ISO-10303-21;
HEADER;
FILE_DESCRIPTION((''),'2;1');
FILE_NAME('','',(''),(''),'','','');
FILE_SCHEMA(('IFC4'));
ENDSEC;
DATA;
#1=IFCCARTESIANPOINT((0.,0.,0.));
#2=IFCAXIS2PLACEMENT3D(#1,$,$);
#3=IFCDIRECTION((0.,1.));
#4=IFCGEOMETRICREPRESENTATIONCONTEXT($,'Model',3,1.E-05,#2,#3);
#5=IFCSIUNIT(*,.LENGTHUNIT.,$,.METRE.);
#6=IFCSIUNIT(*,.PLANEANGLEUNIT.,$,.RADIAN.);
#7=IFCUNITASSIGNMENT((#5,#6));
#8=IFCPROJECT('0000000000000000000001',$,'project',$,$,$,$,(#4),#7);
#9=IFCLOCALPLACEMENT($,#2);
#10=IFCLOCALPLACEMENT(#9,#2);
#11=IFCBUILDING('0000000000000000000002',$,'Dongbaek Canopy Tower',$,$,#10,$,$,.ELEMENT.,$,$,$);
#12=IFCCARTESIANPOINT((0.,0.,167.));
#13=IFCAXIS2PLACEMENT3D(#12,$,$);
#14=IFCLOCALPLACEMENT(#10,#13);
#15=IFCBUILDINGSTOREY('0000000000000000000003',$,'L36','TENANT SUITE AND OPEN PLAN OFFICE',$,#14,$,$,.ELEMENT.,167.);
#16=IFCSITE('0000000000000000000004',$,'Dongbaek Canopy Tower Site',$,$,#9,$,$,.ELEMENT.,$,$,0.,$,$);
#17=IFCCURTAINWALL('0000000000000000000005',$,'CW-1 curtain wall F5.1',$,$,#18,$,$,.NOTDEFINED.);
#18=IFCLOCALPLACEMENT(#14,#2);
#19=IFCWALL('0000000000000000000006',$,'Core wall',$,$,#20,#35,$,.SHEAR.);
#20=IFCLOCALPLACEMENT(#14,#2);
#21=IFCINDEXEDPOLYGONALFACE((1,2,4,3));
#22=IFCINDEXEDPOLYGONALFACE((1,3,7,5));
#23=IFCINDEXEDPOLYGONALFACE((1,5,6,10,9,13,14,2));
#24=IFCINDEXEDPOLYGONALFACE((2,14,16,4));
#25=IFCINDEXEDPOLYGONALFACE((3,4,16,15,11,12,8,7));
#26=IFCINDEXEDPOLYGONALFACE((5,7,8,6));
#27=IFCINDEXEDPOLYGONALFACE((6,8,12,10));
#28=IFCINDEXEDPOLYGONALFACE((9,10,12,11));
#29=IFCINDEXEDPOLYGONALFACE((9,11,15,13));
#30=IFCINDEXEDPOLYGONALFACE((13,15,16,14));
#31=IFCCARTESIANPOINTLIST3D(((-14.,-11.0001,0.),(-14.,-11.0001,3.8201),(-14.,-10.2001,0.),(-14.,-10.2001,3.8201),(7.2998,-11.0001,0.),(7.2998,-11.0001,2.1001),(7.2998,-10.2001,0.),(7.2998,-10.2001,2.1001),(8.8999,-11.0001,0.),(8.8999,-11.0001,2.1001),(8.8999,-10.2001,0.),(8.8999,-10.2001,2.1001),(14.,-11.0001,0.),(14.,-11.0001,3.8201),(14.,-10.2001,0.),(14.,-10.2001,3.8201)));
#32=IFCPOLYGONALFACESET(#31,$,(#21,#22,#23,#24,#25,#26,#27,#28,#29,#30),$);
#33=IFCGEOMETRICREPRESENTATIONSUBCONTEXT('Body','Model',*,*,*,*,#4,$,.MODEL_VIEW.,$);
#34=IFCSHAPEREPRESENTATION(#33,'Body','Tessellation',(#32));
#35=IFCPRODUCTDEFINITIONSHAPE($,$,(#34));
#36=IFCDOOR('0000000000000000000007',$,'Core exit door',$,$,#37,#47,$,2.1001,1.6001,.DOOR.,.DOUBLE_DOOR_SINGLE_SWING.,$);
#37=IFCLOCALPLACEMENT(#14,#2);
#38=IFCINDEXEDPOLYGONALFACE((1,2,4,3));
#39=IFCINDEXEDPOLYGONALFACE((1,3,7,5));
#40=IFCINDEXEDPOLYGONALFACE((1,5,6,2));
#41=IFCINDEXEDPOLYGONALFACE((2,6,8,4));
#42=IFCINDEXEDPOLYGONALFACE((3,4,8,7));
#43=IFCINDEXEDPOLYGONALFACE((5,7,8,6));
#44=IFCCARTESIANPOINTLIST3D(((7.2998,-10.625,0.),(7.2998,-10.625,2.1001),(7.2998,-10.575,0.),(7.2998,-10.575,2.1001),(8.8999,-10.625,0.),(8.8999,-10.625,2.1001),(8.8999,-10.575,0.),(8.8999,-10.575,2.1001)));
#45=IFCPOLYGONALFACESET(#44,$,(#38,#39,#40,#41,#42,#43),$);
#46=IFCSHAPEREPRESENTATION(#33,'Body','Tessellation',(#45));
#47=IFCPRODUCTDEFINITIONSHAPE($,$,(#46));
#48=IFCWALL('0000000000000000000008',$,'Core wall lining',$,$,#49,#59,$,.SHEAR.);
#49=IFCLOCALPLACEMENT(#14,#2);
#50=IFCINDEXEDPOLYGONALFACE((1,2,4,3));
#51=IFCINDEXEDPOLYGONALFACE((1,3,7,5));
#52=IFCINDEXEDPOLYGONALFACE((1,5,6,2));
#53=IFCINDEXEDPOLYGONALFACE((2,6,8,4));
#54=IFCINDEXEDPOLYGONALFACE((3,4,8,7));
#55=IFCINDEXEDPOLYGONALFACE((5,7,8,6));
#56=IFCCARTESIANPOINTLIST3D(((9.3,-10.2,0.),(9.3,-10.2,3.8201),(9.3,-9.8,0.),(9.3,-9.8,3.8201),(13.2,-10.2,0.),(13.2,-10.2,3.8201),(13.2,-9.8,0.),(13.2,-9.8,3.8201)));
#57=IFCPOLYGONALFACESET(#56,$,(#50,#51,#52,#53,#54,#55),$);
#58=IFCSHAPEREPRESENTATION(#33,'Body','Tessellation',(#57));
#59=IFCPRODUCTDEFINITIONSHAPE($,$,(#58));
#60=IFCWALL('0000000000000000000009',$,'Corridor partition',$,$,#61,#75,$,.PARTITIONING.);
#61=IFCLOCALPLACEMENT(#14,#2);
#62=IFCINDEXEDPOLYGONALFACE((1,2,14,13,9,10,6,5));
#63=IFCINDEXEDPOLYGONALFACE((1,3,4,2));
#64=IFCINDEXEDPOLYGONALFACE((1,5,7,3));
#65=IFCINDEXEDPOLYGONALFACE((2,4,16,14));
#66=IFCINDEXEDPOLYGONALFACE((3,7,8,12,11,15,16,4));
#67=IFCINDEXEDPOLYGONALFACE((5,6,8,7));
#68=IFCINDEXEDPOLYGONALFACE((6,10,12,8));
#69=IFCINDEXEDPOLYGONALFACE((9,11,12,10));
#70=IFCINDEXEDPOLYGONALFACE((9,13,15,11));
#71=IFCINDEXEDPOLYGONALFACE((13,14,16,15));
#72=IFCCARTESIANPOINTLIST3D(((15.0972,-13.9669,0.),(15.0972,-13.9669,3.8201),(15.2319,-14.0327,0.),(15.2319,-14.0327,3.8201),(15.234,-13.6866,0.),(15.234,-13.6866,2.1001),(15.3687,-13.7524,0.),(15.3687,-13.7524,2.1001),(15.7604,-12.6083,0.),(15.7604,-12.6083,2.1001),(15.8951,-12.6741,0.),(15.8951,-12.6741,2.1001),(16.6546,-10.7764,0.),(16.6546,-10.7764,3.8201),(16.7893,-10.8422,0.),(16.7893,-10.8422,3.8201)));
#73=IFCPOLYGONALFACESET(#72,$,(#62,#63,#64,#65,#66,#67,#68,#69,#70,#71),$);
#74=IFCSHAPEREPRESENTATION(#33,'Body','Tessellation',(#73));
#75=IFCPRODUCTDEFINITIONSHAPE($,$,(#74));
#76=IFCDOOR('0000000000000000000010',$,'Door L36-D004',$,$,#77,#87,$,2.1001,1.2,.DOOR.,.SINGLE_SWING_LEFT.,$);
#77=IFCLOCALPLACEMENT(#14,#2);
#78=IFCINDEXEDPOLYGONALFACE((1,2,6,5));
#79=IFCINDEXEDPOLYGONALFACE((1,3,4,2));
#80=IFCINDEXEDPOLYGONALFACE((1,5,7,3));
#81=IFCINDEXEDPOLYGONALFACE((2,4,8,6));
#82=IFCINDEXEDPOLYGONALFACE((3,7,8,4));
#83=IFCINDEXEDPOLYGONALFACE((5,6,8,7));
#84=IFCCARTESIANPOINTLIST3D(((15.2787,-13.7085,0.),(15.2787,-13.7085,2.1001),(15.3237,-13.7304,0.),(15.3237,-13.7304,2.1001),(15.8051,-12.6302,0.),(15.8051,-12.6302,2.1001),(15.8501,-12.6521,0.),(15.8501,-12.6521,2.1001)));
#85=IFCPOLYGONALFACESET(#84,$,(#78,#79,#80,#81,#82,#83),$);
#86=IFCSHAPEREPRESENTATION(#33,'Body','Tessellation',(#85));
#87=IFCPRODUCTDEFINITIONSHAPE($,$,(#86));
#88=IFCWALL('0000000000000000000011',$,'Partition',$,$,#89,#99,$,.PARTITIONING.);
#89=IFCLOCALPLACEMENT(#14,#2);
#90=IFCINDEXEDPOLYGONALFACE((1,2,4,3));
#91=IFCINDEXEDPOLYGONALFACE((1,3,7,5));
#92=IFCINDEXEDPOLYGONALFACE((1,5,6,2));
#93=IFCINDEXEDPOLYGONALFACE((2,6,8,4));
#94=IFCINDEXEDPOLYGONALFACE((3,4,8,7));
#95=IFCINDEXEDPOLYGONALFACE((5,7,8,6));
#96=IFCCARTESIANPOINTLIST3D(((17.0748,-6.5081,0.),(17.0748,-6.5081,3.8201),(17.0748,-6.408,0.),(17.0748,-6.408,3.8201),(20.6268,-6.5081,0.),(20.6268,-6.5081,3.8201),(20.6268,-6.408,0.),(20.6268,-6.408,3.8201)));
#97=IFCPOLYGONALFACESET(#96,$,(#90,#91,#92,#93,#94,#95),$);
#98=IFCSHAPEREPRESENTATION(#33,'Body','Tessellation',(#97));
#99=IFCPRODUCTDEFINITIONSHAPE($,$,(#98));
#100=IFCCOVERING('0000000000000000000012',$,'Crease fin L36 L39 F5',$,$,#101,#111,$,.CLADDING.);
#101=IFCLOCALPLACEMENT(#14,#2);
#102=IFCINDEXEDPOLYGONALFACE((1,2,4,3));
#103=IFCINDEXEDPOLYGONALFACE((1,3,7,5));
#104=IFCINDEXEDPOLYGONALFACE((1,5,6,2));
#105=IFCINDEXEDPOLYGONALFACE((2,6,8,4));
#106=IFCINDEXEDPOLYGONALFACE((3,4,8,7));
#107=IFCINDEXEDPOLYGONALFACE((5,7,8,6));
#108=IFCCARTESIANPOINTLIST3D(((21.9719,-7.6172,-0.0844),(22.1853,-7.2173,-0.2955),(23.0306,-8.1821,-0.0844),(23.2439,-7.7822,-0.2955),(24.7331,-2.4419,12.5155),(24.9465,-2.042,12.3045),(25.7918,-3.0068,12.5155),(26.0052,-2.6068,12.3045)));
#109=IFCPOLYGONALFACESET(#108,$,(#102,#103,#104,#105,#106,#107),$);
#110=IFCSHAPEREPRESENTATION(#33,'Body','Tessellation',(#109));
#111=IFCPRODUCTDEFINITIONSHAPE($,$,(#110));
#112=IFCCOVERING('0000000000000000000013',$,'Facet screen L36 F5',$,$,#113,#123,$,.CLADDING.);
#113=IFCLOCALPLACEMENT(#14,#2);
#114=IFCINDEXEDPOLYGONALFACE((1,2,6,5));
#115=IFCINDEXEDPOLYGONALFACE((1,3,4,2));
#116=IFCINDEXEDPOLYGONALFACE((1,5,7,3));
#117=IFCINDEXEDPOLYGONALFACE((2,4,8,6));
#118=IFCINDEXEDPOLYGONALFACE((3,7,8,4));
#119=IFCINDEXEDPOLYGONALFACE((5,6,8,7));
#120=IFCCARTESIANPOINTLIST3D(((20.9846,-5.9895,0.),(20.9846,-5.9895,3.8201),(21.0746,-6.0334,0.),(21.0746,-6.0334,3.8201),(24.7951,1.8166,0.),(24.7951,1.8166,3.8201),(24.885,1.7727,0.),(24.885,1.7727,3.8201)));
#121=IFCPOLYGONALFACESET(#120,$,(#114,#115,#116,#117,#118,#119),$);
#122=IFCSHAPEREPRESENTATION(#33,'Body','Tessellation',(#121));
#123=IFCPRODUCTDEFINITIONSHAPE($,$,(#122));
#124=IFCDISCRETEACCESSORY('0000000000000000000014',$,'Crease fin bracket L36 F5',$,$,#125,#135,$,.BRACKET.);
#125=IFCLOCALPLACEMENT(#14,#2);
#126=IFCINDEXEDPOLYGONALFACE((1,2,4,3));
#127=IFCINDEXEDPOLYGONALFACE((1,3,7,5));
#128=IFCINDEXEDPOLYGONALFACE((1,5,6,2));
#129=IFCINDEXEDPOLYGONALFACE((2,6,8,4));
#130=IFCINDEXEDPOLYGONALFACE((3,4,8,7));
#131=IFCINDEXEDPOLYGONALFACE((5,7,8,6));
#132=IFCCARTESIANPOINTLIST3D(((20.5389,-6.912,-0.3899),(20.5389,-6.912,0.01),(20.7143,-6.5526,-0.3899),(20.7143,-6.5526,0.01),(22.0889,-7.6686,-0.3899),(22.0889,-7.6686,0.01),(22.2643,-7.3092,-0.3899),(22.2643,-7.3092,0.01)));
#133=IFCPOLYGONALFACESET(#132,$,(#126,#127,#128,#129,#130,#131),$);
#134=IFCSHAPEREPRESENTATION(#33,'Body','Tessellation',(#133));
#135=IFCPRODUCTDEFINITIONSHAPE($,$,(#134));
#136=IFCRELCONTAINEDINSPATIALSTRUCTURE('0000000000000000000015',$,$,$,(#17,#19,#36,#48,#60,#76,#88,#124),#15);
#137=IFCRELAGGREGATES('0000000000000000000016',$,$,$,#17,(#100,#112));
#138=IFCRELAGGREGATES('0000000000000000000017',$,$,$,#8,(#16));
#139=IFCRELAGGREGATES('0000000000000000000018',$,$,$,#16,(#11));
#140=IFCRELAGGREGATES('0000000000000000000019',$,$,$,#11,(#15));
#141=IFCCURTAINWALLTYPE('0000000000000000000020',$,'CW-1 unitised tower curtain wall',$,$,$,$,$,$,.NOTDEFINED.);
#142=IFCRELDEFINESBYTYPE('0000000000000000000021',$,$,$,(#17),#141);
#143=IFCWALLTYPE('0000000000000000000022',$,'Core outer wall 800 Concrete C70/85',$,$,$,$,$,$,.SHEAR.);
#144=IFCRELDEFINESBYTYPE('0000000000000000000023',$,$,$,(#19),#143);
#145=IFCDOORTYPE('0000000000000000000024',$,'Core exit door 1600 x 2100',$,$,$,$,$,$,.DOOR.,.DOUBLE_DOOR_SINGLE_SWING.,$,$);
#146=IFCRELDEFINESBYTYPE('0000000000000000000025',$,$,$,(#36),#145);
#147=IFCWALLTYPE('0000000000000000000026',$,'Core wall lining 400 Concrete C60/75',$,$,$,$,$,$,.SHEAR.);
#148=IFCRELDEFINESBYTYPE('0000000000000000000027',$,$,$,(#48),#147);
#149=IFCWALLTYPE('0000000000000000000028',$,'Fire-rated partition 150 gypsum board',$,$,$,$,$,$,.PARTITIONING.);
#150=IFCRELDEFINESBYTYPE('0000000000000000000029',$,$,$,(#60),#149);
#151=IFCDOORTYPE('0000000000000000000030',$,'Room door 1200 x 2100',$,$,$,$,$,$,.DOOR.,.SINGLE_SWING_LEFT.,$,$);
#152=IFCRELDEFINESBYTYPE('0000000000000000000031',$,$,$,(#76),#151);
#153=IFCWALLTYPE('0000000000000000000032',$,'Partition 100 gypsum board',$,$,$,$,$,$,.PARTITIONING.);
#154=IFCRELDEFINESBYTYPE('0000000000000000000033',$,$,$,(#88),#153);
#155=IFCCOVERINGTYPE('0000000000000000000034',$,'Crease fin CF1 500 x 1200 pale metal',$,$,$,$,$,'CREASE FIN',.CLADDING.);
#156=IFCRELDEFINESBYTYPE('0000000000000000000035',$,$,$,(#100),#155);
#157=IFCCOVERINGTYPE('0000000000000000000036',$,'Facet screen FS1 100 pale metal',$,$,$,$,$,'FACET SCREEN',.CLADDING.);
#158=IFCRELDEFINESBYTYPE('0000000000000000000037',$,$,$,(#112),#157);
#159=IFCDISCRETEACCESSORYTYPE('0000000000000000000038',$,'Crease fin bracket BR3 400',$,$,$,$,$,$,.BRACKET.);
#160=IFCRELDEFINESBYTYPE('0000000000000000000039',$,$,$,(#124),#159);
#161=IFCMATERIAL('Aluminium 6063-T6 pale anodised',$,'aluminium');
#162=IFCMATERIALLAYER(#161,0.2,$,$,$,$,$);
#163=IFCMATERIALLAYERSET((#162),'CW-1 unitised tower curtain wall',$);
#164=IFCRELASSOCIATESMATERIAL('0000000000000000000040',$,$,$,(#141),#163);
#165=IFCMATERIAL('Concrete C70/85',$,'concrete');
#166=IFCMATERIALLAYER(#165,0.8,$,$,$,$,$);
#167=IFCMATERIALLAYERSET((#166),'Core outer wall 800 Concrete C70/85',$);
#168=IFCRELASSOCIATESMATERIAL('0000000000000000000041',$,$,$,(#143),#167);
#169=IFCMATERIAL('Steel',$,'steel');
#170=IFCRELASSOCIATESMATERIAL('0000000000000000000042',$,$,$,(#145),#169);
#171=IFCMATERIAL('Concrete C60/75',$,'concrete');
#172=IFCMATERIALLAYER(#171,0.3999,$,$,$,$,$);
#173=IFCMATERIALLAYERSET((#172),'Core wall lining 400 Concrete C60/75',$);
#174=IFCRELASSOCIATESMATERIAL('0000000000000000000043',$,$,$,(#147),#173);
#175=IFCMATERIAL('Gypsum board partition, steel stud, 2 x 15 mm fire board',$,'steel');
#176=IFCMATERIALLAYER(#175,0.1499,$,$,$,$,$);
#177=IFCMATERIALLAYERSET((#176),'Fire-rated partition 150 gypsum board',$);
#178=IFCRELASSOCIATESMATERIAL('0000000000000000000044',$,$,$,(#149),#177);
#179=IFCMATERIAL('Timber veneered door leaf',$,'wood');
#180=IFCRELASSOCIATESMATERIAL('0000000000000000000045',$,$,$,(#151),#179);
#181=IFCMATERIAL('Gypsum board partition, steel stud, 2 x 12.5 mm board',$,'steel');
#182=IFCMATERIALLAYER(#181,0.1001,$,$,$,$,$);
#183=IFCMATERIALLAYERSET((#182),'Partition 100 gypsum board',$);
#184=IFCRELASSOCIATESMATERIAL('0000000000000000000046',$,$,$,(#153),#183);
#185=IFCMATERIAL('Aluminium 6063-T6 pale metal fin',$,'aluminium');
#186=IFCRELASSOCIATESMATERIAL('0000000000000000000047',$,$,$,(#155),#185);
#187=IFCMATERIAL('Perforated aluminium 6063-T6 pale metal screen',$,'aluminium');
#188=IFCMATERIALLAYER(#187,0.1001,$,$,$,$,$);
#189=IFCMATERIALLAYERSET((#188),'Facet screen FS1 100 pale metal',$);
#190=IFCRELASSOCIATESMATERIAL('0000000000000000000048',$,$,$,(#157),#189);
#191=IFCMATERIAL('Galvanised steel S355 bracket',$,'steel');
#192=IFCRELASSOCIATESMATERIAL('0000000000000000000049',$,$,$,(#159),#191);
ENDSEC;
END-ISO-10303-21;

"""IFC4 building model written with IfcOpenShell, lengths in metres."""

from ifc_helpers import new_model, si_unit, direction, frame, frame_2d, origin, origin_2d, place, context, subcontext, project, spatial, rectangle, extrude, material, layer, layer_set, material_profile, profile_set, type_object, element, fill, aggregate, save


model = new_model("IFC4")

# Units and contexts
model_context = context("Model", 3, precision=1e-05, world=origin(), true_north=direction((0.0, 1.0)))
body_context = subcontext(model_context, "Body", "Model", "MODEL_VIEW")
ifc_project = project(units=[si_unit("LENGTHUNIT", "METRE"), si_unit("PLANEANGLEUNIT", "RADIAN")], contexts=[model_context])

# Site, building, storey
site_placement = place(None, origin())
site = spatial("IfcSite", under=ifc_project, at=site_placement, Name="Dongbaek Canopy Tower Site", CompositionType="ELEMENT", RefElevation=0.0)
building_placement = place(site_placement, origin())
building = spatial("IfcBuilding", under=site, at=building_placement, Name="Dongbaek Canopy Tower", CompositionType="ELEMENT")
storey_placement = place(building_placement, frame((0.0, 0.0, 167.0)))
storey = spatial("IfcBuildingStorey", under=building, at=storey_placement, Name="L36", Description="TENANT SUITE AND OPEN PLAN OFFICE", CompositionType="ELEMENT", Elevation=167.0)

# Curtain wall
ifc_material_1 = material(Name="Aluminium 6063-T6 pale anodised", Category="aluminium")
ifc_layer_1 = layer(ifc_material_1, 0.2)
ifc_layer_set_1 = layer_set([ifc_layer_1], Name="CW-1 unitised tower curtain wall")
curtain_wall_type = type_object("IfcCurtainWallType", Name="CW-1 unitised tower curtain wall", PredefinedType="NOTDEFINED", material=ifc_layer_set_1)
curtain_wall_placement = place(storey_placement, origin())
curtain_wall = element("IfcCurtainWall", 1, at=curtain_wall_placement, inside=storey, type_object=curtain_wall_type, Name="CW-1 curtain wall F5.1", PredefinedType="NOTDEFINED")

# Wall, opening, door
ifc_material_2 = material(Name="Concrete C70/85", Category="concrete")
ifc_layer_2 = layer(ifc_material_2, 0.8)
ifc_layer_set_2 = layer_set([ifc_layer_2], Name="Core outer wall 800 Concrete C70/85")
wall_type_1 = type_object("IfcWallType", Name="Core outer wall 800 Concrete C70/85", PredefinedType="SHEAR", material=ifc_layer_set_2)
wall_1_placement = place(storey_placement, frame((14.0, -10.6001, 0.0), z_axis=(0.0, 0.0, 1.0), x_axis=(-1.0, 0.0, 0.0)))
wall_1 = element("IfcWall", 2, at=wall_1_placement, inside=storey, type_object=wall_type_1, Name="Core wall", PredefinedType="SHEAR", context=body_context, shape_type="SweptSolid", body=[
    extrude(rectangle(XDim=28.0, YDim=0.8, at=frame_2d((14.0, 0.0))), origin(), (0.0, 0.0, 1.0), 3.8201),
])
opening_1_placement = place(wall_1_placement, frame((5.1001, 0.0, 0.0)))
opening_1 = element("IfcOpeningElement", 3, at=opening_1_placement, cuts=wall_1, PredefinedType="OPENING", context=body_context, shape_type="SweptSolid", body=[
    extrude(rectangle(XDim=1.6001, YDim=2.1001, at=frame_2d((0.8, 1.05))), frame((0.0, 0.4099, 0.0), z_axis=(0.0, -1.0, 0.0), x_axis=(1.0, 0.0, 0.0)), (0.0, 0.0, 1.0), 0.8201),
])
ifc_material_3 = material(Name="Steel", Category="steel")
door_type_1 = type_object("IfcDoorType", Name="Core exit door 1600 x 2100", OperationType="DOUBLE_DOOR_SINGLE_SWING", PredefinedType="DOOR", material=ifc_material_3)
door_1_placement = place(opening_1_placement, origin())
door_1 = element("IfcDoor", 4, at=door_1_placement, inside=storey, type_object=door_type_1, Name="Core exit door", OperationType="DOUBLE_DOOR_SINGLE_SWING", OverallHeight=2.1001, OverallWidth=1.6001, PredefinedType="DOOR", context=body_context, shape_type="SweptSolid", body=[
    extrude(rectangle(XDim=1.6001, YDim=2.1001, at=frame_2d((0.8, 1.05))), frame((0.0, 0.0249, 0.0), z_axis=(0.0, -1.0, 0.0), x_axis=(1.0, 0.0, 0.0)), (0.0, 0.0, 1.0), 0.05),
])
fill(opening_1, door_1)

# Wall
ifc_material_4 = material(Name="Concrete C60/75", Category="concrete")
ifc_layer_3 = layer(ifc_material_4, 0.3999)
ifc_layer_set_3 = layer_set([ifc_layer_3], Name="Core wall lining 400 Concrete C60/75")
wall_type_2 = type_object("IfcWallType", Name="Core wall lining 400 Concrete C60/75", PredefinedType="SHEAR", material=ifc_layer_set_3)
wall_2_placement = place(storey_placement, frame((13.2, -10.0, 0.0), z_axis=(0.0, 0.0, 1.0), x_axis=(-1.0, 0.0, 0.0)))
element("IfcWall", 5, at=wall_2_placement, inside=storey, type_object=wall_type_2, Name="Core wall lining", PredefinedType="SHEAR", context=body_context, shape_type="SweptSolid", body=[
    extrude(rectangle(XDim=3.8999, YDim=0.3999, at=frame_2d((1.95, 0.0))), origin(), (0.0, 0.0, 1.0), 3.8201),
])

# Wall, opening, door
ifc_material_5 = material(Name="Gypsum board partition, steel stud, 2 x 15 mm fire board", Category="steel")
ifc_layer_4 = layer(ifc_material_5, 0.1499)
ifc_layer_set_4 = layer_set([ifc_layer_4], Name="Fire-rated partition 150 gypsum board")
wall_type_3 = type_object("IfcWallType", Name="Fire-rated partition 150 gypsum board", PredefinedType="PARTITIONING", material=ifc_layer_set_4)
wall_3_placement = place(storey_placement, frame((16.7219, -10.8093, 0.0), z_axis=(0.0, 0.0, 1.0), x_axis=(-0.438666, -0.89865, 0.0)))
wall_3 = element("IfcWall", 6, at=wall_3_placement, inside=storey, type_object=wall_type_3, Name="Corridor partition", PredefinedType="PARTITIONING", context=body_context, shape_type="SweptSolid", body=[
    extrude(rectangle(XDim=3.5503, YDim=0.1499, at=frame_2d((1.7751, 0.0))), origin(), (0.0, 0.0, 1.0), 3.8201),
])
opening_2_placement = place(wall_3_placement, frame((2.0383, 0.0, 0.0)))
opening_2 = element("IfcOpeningElement", 7, at=opening_2_placement, cuts=wall_3, PredefinedType="OPENING", context=body_context, shape_type="SweptSolid", body=[
    extrude(rectangle(XDim=1.2, YDim=2.1001, at=frame_2d((0.6001, 1.05))), frame((0.0, 0.085, 0.0), z_axis=(0.0, -1.0, 0.0), x_axis=(1.0, 0.0, 0.0)), (0.0, 0.0, 1.0), 0.1699),
])
ifc_material_6 = material(Name="Timber veneered door leaf", Category="wood")
door_type_2 = type_object("IfcDoorType", Name="Room door 1200 x 2100", OperationType="SINGLE_SWING_LEFT", PredefinedType="DOOR", material=ifc_material_6)
door_2_placement = place(opening_2_placement, origin())
door_2 = element("IfcDoor", 8, at=door_2_placement, inside=storey, type_object=door_type_2, Name="Door L36-D004", OperationType="SINGLE_SWING_LEFT", OverallHeight=2.1001, OverallWidth=1.2, PredefinedType="DOOR", context=body_context, shape_type="SweptSolid", body=[
    extrude(rectangle(XDim=1.2, YDim=2.1001, at=frame_2d((0.6001, 1.05))), frame((0.0, 0.0249, 0.0), z_axis=(0.0, -1.0, 0.0), x_axis=(1.0, 0.0, 0.0)), (0.0, 0.0, 1.0), 0.05),
])
fill(opening_2, door_2)

# Wall
ifc_material_7 = material(Name="Gypsum board partition, steel stud, 2 x 12.5 mm board", Category="steel")
ifc_layer_5 = layer(ifc_material_7, 0.1001)
ifc_layer_set_5 = layer_set([ifc_layer_5], Name="Partition 100 gypsum board")
wall_type_4 = type_object("IfcWallType", Name="Partition 100 gypsum board", PredefinedType="PARTITIONING", material=ifc_layer_set_5)
wall_4_placement = place(storey_placement, frame((17.075, -6.458, 0.0), z_axis=(0.0, 0.0, 1.0), x_axis=(1.0, 0.0, 0.0)))
element("IfcWall", 9, at=wall_4_placement, inside=storey, type_object=wall_type_4, Name="Partition", PredefinedType="PARTITIONING", context=body_context, shape_type="SweptSolid", body=[
    extrude(rectangle(XDim=3.552, YDim=0.1001, at=frame_2d((1.7759, 0.0))), origin(), (0.0, 0.0, 1.0), 3.8201),
])

# Coverings
ifc_material_8 = material(Name="Aluminium 6063-T6 pale metal fin", Category="aluminium")
ifc_material_profile_1 = material_profile(ifc_material_8, rectangle(XDim=1.2, YDim=0.5, at=origin_2d()), Name="Crease fin CF1 500 x 1200 pale metal")
ifc_profile_set_1 = profile_set([ifc_material_profile_1], Name="Aluminium 6063-T6 pale metal fin")
covering_type_1 = type_object("IfcCoveringType", Name="Crease fin CF1 500 x 1200 pale metal", ElementType="CREASE FIN", PredefinedType="CLADDING", material=ifc_profile_set_1)
covering_1_placement = place(storey_placement, frame((22.6079, -7.6997, -0.1899), z_axis=(0.198673, 0.372367, 0.906571), x_axis=(-0.882277, 0.470731, 0.0)))
covering_1 = element("IfcCovering", 10, at=covering_1_placement, type_object=covering_type_1, Name="Crease fin L36 L39 F5", PredefinedType="CLADDING", context=body_context, shape_type="SweptSolid", body=[
    extrude(rectangle(XDim=1.2, YDim=0.5, at=origin_2d()), origin(), (0.0, 0.0, 1.0), 13.8984),
])
ifc_material_9 = material(Name="Perforated aluminium 6063-T6 pale metal screen", Category="aluminium")
ifc_layer_6 = layer(ifc_material_9, 0.1001)
ifc_layer_set_6 = layer_set([ifc_layer_6], Name="Facet screen FS1 100 pale metal")
covering_type_2 = type_object("IfcCoveringType", Name="Facet screen FS1 100 pale metal", ElementType="FACET SCREEN", PredefinedType="CLADDING", material=ifc_layer_set_6)
covering_2_placement = place(storey_placement, frame((22.9348, -2.1084, 0.0), z_axis=(0.0, 0.0, 1.0), x_axis=(0.438664, 0.898651, 0.0)))
covering_2 = element("IfcCovering", 11, at=covering_2_placement, type_object=covering_type_2, Name="Facet screen L36 F5", PredefinedType="CLADDING", context=body_context, shape_type="SweptSolid", body=[
    extrude(rectangle(XDim=8.6865, YDim=0.1001, at=origin_2d()), origin(), (0.0, 0.0, 1.0), 3.8201),
])
aggregate(curtain_wall, [covering_1, covering_2])

# Discrete accessory
ifc_material_10 = material(Name="Galvanised steel S355 bracket", Category="steel")
discrete_accessory_type = type_object("IfcDiscreteAccessoryType", Name="Crease fin bracket BR3 400", PredefinedType="BRACKET", material=ifc_material_10)
discrete_accessory_placement = place(storey_placement, frame((21.4016, -7.1106, -0.3899), z_axis=(0.0, 0.0, 1.0), x_axis=(0.898651, -0.438664, 0.0)))
element("IfcDiscreteAccessory", 12, at=discrete_accessory_placement, inside=storey, type_object=discrete_accessory_type, Name="Crease fin bracket L36 F5", PredefinedType="BRACKET", context=body_context, shape_type="SweptSolid", body=[
    extrude(rectangle(XDim=1.7249, YDim=0.3999, at=origin_2d()), origin(), (0.0, 0.0, 1.0), 0.3999),
])

save(model, "model.ifc")
